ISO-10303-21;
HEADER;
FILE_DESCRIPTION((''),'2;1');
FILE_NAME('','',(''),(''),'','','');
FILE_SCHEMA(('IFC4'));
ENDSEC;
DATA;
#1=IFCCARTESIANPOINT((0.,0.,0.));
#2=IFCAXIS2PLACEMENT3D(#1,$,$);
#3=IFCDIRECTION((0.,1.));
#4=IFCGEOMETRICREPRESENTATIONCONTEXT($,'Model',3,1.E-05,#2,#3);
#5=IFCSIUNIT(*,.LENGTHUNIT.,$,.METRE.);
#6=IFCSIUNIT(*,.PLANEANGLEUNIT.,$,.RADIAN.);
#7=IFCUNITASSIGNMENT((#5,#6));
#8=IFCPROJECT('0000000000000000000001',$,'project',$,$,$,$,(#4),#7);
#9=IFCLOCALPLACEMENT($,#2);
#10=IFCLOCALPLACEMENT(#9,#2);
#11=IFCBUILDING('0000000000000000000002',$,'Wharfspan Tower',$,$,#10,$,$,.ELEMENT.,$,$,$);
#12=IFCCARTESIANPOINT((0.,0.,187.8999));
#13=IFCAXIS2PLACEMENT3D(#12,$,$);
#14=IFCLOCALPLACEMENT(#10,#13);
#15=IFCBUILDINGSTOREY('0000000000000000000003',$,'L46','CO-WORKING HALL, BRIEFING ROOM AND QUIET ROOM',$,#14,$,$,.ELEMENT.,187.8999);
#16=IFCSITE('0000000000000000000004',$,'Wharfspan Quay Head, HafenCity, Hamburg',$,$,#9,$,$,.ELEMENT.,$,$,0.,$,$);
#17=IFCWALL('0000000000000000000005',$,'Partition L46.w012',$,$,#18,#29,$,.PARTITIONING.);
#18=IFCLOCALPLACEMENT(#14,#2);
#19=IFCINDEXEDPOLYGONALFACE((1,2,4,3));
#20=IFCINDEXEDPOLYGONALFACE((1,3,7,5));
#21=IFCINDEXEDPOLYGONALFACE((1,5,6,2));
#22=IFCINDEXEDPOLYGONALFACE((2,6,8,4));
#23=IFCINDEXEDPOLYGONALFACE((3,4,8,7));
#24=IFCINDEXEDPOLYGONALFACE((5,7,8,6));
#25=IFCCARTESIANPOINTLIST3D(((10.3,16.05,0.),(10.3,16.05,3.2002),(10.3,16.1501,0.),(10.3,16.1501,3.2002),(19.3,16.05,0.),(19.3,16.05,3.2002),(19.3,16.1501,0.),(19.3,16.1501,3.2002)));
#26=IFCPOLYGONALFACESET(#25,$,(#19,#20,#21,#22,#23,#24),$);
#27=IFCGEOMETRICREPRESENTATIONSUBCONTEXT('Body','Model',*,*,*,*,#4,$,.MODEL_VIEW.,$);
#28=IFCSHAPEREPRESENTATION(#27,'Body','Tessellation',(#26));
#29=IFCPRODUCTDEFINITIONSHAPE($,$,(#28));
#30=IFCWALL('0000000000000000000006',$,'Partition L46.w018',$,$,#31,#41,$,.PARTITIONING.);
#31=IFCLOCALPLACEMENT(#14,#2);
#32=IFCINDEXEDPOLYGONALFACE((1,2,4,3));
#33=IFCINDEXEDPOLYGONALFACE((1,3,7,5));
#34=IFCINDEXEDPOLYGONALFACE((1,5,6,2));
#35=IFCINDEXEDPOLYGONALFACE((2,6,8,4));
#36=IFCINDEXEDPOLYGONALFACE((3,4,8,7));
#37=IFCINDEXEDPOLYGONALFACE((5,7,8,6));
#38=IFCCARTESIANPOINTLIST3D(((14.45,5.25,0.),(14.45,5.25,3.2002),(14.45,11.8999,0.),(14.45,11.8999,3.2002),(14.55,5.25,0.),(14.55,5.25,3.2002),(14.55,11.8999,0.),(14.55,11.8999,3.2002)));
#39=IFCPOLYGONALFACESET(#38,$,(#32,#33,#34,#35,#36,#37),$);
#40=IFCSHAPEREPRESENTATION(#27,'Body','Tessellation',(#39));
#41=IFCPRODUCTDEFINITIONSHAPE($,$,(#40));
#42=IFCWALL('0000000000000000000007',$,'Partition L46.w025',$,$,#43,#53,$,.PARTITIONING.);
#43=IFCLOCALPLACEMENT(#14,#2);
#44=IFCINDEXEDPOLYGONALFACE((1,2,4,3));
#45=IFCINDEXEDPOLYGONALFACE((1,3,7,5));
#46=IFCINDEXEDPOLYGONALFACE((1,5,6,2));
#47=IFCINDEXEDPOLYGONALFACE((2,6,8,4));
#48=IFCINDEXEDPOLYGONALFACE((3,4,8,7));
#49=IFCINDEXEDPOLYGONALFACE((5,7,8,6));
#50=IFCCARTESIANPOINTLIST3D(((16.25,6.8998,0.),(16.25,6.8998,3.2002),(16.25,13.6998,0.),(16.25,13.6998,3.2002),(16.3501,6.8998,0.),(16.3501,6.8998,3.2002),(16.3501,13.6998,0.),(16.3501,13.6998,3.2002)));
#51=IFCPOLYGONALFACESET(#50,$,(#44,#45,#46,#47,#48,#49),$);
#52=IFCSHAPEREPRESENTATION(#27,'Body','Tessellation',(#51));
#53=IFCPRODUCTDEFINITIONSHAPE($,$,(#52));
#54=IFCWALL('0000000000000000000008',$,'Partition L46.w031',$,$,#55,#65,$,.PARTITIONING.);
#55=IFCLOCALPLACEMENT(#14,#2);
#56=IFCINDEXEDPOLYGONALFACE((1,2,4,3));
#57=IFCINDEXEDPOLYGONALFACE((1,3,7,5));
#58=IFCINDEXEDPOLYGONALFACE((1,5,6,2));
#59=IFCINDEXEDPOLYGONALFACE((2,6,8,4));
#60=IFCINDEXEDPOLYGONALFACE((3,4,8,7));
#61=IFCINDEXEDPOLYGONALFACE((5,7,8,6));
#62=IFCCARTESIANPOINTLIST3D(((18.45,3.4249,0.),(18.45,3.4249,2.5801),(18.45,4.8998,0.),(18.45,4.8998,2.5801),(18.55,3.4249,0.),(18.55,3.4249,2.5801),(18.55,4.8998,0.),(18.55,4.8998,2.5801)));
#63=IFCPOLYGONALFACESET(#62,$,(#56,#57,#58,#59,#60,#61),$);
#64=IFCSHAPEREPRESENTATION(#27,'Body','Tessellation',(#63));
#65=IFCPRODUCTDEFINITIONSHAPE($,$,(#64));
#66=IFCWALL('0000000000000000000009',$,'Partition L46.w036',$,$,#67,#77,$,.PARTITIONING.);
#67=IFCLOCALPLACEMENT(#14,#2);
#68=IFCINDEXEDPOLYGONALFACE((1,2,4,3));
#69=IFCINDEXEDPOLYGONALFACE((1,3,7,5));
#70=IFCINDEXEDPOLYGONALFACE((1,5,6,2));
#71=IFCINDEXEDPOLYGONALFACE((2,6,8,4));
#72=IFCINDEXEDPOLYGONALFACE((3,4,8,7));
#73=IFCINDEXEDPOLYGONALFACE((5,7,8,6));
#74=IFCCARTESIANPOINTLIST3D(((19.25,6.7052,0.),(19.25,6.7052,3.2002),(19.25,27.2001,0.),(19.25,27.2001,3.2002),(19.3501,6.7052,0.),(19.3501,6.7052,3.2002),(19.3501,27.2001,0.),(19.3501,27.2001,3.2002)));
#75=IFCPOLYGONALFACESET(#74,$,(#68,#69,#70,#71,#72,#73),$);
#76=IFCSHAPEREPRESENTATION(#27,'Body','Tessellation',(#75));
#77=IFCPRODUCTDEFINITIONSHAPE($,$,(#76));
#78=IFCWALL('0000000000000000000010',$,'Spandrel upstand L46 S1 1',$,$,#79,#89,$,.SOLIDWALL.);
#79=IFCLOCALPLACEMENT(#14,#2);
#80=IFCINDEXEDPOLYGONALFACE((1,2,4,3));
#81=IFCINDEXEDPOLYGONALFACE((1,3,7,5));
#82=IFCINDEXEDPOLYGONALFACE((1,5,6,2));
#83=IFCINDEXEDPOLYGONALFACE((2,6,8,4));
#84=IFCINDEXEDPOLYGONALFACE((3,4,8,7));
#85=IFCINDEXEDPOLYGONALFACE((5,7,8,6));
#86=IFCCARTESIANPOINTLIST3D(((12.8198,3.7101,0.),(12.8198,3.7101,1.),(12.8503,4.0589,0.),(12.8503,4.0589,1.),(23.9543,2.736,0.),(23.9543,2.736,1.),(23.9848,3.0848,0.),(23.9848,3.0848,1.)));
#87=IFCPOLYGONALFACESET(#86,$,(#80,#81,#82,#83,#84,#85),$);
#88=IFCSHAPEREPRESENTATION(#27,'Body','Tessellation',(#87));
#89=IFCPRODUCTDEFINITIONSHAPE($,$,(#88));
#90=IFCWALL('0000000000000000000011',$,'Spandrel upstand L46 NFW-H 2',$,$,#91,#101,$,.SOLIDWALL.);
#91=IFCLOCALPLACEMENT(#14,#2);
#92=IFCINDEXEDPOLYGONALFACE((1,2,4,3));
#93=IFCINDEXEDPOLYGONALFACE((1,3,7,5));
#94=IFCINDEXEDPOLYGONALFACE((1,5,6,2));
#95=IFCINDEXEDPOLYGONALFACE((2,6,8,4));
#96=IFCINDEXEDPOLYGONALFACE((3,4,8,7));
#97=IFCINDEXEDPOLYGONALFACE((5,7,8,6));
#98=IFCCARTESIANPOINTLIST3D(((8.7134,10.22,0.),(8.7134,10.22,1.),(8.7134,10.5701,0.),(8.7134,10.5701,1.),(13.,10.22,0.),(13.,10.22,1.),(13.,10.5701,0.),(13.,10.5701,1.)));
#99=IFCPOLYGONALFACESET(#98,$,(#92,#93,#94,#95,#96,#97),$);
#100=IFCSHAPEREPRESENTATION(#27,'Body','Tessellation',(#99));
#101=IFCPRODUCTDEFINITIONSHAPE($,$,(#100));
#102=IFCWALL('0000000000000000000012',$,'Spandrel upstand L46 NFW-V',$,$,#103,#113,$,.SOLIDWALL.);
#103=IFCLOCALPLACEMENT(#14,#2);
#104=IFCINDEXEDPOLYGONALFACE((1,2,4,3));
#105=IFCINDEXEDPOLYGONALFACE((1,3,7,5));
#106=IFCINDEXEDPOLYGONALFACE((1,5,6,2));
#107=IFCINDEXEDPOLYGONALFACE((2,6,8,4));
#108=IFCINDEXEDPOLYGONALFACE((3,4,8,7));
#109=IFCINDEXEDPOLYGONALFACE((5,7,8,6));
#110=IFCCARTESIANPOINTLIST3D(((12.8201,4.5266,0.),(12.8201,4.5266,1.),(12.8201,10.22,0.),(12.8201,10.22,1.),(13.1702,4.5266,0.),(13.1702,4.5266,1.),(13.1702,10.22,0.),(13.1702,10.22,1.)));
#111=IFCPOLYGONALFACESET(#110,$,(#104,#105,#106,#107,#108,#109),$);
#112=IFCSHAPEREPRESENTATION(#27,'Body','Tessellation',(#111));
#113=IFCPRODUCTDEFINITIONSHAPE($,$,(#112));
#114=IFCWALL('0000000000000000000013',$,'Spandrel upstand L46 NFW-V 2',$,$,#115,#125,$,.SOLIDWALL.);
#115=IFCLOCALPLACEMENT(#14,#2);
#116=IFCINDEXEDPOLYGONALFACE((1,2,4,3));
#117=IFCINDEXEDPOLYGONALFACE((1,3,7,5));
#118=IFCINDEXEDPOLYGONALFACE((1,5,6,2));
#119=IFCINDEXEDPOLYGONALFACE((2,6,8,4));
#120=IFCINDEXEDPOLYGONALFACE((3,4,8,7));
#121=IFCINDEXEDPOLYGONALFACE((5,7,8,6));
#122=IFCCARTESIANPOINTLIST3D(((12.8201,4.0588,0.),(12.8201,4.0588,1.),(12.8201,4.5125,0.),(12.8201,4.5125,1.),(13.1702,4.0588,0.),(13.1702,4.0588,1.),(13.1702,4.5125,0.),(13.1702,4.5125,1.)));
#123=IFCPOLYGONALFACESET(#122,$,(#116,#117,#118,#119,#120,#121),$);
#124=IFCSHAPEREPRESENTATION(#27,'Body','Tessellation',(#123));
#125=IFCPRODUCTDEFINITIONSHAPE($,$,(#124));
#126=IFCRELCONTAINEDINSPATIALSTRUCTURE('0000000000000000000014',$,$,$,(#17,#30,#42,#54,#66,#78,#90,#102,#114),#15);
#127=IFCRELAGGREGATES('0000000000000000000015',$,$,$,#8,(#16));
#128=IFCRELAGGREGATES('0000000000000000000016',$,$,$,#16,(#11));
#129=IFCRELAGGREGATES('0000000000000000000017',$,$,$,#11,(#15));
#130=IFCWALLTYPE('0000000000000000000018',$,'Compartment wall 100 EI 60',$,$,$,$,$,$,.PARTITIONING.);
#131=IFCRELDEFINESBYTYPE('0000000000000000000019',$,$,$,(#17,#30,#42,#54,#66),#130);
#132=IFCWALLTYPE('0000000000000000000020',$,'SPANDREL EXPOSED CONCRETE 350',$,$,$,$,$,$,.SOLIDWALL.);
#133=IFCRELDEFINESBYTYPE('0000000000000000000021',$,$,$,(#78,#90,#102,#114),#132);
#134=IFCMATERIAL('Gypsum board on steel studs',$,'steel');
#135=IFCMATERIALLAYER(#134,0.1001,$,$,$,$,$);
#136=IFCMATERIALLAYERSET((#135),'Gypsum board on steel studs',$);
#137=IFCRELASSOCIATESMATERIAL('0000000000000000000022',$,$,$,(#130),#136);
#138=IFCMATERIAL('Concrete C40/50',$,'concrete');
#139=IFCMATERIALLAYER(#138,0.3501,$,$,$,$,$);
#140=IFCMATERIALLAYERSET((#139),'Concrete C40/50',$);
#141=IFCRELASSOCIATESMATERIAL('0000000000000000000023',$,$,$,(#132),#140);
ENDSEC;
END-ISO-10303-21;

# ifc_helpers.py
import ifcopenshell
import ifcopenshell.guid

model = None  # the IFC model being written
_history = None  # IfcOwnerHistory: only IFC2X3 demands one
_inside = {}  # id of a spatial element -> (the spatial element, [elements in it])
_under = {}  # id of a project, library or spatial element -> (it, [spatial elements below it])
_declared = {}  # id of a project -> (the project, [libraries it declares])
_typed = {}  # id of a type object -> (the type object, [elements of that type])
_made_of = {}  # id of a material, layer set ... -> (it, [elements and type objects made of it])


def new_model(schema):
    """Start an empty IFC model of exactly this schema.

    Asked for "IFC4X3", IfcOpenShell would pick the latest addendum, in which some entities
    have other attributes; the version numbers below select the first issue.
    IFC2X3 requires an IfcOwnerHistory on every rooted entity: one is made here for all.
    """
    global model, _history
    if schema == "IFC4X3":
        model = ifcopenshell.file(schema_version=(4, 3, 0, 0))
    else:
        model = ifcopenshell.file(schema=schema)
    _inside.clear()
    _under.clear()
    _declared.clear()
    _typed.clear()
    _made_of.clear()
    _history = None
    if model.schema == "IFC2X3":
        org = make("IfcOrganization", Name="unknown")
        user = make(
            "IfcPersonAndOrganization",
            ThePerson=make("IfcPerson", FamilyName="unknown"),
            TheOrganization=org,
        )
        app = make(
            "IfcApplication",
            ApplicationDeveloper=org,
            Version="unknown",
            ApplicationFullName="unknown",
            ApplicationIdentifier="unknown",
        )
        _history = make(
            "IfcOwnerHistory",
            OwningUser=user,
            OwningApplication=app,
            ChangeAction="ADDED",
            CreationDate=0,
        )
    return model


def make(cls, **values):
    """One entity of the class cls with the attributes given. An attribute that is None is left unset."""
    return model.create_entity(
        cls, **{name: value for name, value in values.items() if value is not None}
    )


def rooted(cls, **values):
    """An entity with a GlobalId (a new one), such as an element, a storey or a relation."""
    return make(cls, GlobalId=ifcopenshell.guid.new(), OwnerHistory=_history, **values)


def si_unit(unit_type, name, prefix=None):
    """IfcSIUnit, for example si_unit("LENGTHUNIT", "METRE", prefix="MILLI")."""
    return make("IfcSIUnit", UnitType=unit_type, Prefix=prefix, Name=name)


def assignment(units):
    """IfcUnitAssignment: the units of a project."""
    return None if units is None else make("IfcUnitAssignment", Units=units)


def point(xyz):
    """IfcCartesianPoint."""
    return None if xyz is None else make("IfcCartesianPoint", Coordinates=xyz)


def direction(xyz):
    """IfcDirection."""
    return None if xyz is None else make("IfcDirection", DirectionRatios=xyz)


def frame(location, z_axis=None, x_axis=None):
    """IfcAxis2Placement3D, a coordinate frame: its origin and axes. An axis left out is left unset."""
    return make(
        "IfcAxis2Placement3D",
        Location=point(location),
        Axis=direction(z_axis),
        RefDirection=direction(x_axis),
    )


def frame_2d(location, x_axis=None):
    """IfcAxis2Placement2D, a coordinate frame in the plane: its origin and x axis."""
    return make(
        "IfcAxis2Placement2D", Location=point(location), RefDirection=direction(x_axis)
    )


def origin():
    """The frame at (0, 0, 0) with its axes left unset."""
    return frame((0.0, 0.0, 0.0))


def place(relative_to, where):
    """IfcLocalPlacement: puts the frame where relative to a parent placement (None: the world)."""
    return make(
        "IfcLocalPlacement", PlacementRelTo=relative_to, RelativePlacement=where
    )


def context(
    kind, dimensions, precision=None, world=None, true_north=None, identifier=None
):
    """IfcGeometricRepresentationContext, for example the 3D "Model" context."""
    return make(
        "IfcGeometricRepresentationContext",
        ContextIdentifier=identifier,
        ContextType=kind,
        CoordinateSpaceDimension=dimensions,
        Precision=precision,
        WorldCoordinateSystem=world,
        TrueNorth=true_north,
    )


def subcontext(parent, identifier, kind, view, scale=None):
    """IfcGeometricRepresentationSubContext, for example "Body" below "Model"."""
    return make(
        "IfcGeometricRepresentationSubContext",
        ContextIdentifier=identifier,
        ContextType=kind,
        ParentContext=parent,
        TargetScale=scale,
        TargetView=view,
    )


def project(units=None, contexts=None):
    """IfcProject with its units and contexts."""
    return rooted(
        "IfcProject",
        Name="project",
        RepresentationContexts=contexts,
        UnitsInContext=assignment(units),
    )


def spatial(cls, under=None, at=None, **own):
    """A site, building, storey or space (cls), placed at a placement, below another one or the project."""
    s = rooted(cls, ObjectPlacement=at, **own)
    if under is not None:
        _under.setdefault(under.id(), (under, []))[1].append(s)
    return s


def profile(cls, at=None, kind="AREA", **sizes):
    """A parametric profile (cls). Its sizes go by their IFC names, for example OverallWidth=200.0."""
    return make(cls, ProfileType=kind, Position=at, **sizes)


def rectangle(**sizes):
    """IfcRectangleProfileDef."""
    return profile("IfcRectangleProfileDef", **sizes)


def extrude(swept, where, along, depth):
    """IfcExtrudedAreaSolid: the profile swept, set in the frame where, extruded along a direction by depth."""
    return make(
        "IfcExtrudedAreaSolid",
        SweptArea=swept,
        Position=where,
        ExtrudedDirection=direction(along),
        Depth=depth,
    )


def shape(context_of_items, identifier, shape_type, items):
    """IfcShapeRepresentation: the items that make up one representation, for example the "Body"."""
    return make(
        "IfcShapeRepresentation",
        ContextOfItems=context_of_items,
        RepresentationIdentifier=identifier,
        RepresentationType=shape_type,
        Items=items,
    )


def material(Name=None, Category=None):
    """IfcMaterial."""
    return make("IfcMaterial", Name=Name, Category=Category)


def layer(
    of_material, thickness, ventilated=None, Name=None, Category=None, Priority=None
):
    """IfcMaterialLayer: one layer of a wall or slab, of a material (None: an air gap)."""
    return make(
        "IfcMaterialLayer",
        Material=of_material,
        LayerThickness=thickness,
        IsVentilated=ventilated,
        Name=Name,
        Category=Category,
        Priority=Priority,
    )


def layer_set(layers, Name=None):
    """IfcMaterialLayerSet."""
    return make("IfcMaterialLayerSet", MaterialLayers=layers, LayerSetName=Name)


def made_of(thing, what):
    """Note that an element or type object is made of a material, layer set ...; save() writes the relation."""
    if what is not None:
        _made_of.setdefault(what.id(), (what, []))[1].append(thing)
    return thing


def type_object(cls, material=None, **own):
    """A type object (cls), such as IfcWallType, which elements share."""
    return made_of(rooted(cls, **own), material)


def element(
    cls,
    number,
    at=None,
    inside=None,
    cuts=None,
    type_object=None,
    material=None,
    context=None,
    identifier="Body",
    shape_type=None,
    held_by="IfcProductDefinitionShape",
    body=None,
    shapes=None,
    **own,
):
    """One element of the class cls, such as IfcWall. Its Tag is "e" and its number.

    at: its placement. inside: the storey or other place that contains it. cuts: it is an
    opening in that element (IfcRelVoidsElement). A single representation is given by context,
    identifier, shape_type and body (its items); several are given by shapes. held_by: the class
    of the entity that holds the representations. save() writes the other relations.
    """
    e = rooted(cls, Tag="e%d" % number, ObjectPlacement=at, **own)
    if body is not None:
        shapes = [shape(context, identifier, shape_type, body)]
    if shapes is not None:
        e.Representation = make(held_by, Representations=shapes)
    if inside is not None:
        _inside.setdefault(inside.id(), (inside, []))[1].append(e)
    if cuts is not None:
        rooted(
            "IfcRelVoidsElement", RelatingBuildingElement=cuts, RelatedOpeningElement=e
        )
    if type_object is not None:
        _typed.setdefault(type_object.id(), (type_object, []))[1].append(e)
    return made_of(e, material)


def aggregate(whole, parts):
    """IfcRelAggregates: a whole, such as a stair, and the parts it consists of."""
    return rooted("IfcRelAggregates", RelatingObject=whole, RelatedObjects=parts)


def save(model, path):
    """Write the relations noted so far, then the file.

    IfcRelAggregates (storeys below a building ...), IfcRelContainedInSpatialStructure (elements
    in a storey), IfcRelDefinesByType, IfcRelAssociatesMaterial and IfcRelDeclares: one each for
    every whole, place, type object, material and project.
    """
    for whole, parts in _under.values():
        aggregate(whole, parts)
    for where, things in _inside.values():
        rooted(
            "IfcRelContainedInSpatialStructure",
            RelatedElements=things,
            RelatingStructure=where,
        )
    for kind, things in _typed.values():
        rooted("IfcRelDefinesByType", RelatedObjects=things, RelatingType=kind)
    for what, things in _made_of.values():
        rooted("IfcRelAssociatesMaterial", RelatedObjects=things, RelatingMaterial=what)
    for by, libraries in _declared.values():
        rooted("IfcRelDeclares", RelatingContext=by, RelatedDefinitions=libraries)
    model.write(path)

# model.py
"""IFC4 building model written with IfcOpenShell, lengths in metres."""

from ifc_helpers import new_model, si_unit, direction, frame, frame_2d, origin, place, context, subcontext, project, spatial, rectangle, extrude, material, layer, layer_set, type_object, element, save


model = new_model("IFC4")

# Units and contexts
model_context = context("Model", 3, precision=1e-05, world=origin(), true_north=direction((0.0, 1.0)))
body_context = subcontext(model_context, "Body", "Model", "MODEL_VIEW")
ifc_project = project(units=[si_unit("LENGTHUNIT", "METRE"), si_unit("PLANEANGLEUNIT", "RADIAN")], contexts=[model_context])

# Site, building, storey
site_placement = place(None, origin())
site = spatial("IfcSite", under=ifc_project, at=site_placement, Name="Wharfspan Quay Head, HafenCity, Hamburg", CompositionType="ELEMENT", RefElevation=0.0)
building_placement = place(site_placement, origin())
building = spatial("IfcBuilding", under=site, at=building_placement, Name="Wharfspan Tower", CompositionType="ELEMENT")
storey_placement = place(building_placement, frame((0.0, 0.0, 187.8999)))
storey = spatial("IfcBuildingStorey", under=building, at=storey_placement, Name="L46", Description="CO-WORKING HALL, BRIEFING ROOM AND QUIET ROOM", CompositionType="ELEMENT", Elevation=187.8999)

# Shared definitions
ifc_material_1 = material(Name="Gypsum board on steel studs", Category="steel")
ifc_layer_1 = layer(ifc_material_1, 0.1001)
ifc_layer_set_1 = layer_set([ifc_layer_1], Name="Gypsum board on steel studs")
wall_type_1 = type_object("IfcWallType", Name="Compartment wall 100 EI 60", PredefinedType="PARTITIONING", material=ifc_layer_set_1)

# Walls
wall_1_placement = place(storey_placement, frame((10.3, 16.1001, 0.0), z_axis=(0.0, 0.0, 1.0), x_axis=(1.0, 0.0, 0.0)))
element("IfcWall", 1, at=wall_1_placement, inside=storey, type_object=wall_type_1, Name="Partition L46.w012", PredefinedType="PARTITIONING", context=body_context, shape_type="SweptSolid", body=[
    extrude(rectangle(XDim=9.0, YDim=0.1001, at=frame_2d((4.5, 0.0))), origin(), (0.0, 0.0, 1.0), 3.2002),
])
wall_2_placement = place(storey_placement, frame((14.5, 5.25, 0.0), z_axis=(0.0, 0.0, 1.0), x_axis=(0.0, 1.0, 0.0)))
element("IfcWall", 2, at=wall_2_placement, inside=storey, type_object=wall_type_1, Name="Partition L46.w018", PredefinedType="PARTITIONING", context=body_context, shape_type="SweptSolid", body=[
    extrude(rectangle(XDim=6.6499, YDim=0.1001, at=frame_2d((3.325, 0.0))), origin(), (0.0, 0.0, 1.0), 3.2002),
])
wall_3_placement = place(storey_placement, frame((16.3, 6.8999, 0.0), z_axis=(0.0, 0.0, 1.0), x_axis=(0.0, 1.0, 0.0)))
element("IfcWall", 3, at=wall_3_placement, inside=storey, type_object=wall_type_1, Name="Partition L46.w025", PredefinedType="PARTITIONING", context=body_context, shape_type="SweptSolid", body=[
    extrude(rectangle(XDim=6.8, YDim=0.1001, at=frame_2d((3.3999, 0.0))), origin(), (0.0, 0.0, 1.0), 3.2002),
])
wall_4_placement = place(storey_placement, frame((18.5, 3.425, 0.0), z_axis=(0.0, 0.0, 1.0), x_axis=(0.0, 1.0, 0.0)))
element("IfcWall", 4, at=wall_4_placement, inside=storey, type_object=wall_type_1, Name="Partition L46.w031", PredefinedType="PARTITIONING", context=body_context, shape_type="SweptSolid", body=[
    extrude(rectangle(XDim=1.4749, YDim=0.1001, at=frame_2d((0.7373, 0.0))), origin(), (0.0, 0.0, 1.0), 2.5801),
])
wall_5_placement = place(storey_placement, frame((19.3, 6.7051, 0.0), z_axis=(0.0, 0.0, 1.0), x_axis=(0.0, 1.0, 0.0)))
element("IfcWall", 5, at=wall_5_placement, inside=storey, type_object=wall_type_1, Name="Partition L46.w036", PredefinedType="PARTITIONING", context=body_context, shape_type="SweptSolid", body=[
    extrude(rectangle(XDim=20.4949, YDim=0.1001, at=frame_2d((10.2476, 0.0))), origin(), (0.0, 0.0, 1.0), 3.2002),
])
ifc_material_2 = material(Name="Concrete C40/50", Category="concrete")
ifc_layer_2 = layer(ifc_material_2, 0.3501)
ifc_layer_set_2 = layer_set([ifc_layer_2], Name="Concrete C40/50")
wall_type_2 = type_object("IfcWallType", Name="SPANDREL EXPOSED CONCRETE 350", PredefinedType="SOLIDWALL", material=ifc_layer_set_2)
wall_6_placement = place(storey_placement, frame((12.8352, 3.8845, 0.0), z_axis=(0.0, 0.0, 1.0), x_axis=(0.996199, -0.087154, 0.0)))
element("IfcWall", 6, at=wall_6_placement, inside=storey, type_object=wall_type_2, Name="Spandrel upstand L46 S1 1", PredefinedType="SOLIDWALL", context=body_context, shape_type="SweptSolid", body=[
    extrude(rectangle(XDim=11.177, YDim=0.3501, at=frame_2d((5.5884, 0.0))), origin(), (0.0, 0.0, 1.0), 1.0),
])
wall_7_placement = place(storey_placement, frame((8.7134, 10.395, 0.0), z_axis=(0.0, 0.0, 1.0), x_axis=(1.0, 0.0, 0.0)))
element("IfcWall", 7, at=wall_7_placement, inside=storey, type_object=wall_type_2, Name="Spandrel upstand L46 NFW-H 2", PredefinedType="SOLIDWALL", context=body_context, shape_type="SweptSolid", body=[
    extrude(rectangle(XDim=4.2866, YDim=0.3501, at=frame_2d((2.1433, 0.0))), origin(), (0.0, 0.0, 1.0), 1.0),
])
wall_8_placement = place(storey_placement, frame((12.9951, 10.22, 0.0), z_axis=(0.0, 0.0, 1.0), x_axis=(0.0, -1.0, 0.0)))
element("IfcWall", 8, at=wall_8_placement, inside=storey, type_object=wall_type_2, Name="Spandrel upstand L46 NFW-V", PredefinedType="SOLIDWALL", context=body_context, shape_type="SweptSolid", body=[
    extrude(rectangle(XDim=5.6934, YDim=0.3501, at=frame_2d((2.8467, 0.0))), origin(), (0.0, 0.0, 1.0), 1.0),
])
wall_9_placement = place(storey_placement, frame((12.9951, 4.5125, 0.0), z_axis=(0.0, 0.0, 1.0), x_axis=(0.0, -1.0, 0.0)))
element("IfcWall", 9, at=wall_9_placement, inside=storey, type_object=wall_type_2, Name="Spandrel upstand L46 NFW-V 2", PredefinedType="SOLIDWALL", context=body_context, shape_type="SweptSolid", body=[
    extrude(rectangle(XDim=0.4536, YDim=0.3501, at=frame_2d((0.2268, 0.0))), origin(), (0.0, 0.0, 1.0), 1.0),
])

save(model, "model.ifc")
